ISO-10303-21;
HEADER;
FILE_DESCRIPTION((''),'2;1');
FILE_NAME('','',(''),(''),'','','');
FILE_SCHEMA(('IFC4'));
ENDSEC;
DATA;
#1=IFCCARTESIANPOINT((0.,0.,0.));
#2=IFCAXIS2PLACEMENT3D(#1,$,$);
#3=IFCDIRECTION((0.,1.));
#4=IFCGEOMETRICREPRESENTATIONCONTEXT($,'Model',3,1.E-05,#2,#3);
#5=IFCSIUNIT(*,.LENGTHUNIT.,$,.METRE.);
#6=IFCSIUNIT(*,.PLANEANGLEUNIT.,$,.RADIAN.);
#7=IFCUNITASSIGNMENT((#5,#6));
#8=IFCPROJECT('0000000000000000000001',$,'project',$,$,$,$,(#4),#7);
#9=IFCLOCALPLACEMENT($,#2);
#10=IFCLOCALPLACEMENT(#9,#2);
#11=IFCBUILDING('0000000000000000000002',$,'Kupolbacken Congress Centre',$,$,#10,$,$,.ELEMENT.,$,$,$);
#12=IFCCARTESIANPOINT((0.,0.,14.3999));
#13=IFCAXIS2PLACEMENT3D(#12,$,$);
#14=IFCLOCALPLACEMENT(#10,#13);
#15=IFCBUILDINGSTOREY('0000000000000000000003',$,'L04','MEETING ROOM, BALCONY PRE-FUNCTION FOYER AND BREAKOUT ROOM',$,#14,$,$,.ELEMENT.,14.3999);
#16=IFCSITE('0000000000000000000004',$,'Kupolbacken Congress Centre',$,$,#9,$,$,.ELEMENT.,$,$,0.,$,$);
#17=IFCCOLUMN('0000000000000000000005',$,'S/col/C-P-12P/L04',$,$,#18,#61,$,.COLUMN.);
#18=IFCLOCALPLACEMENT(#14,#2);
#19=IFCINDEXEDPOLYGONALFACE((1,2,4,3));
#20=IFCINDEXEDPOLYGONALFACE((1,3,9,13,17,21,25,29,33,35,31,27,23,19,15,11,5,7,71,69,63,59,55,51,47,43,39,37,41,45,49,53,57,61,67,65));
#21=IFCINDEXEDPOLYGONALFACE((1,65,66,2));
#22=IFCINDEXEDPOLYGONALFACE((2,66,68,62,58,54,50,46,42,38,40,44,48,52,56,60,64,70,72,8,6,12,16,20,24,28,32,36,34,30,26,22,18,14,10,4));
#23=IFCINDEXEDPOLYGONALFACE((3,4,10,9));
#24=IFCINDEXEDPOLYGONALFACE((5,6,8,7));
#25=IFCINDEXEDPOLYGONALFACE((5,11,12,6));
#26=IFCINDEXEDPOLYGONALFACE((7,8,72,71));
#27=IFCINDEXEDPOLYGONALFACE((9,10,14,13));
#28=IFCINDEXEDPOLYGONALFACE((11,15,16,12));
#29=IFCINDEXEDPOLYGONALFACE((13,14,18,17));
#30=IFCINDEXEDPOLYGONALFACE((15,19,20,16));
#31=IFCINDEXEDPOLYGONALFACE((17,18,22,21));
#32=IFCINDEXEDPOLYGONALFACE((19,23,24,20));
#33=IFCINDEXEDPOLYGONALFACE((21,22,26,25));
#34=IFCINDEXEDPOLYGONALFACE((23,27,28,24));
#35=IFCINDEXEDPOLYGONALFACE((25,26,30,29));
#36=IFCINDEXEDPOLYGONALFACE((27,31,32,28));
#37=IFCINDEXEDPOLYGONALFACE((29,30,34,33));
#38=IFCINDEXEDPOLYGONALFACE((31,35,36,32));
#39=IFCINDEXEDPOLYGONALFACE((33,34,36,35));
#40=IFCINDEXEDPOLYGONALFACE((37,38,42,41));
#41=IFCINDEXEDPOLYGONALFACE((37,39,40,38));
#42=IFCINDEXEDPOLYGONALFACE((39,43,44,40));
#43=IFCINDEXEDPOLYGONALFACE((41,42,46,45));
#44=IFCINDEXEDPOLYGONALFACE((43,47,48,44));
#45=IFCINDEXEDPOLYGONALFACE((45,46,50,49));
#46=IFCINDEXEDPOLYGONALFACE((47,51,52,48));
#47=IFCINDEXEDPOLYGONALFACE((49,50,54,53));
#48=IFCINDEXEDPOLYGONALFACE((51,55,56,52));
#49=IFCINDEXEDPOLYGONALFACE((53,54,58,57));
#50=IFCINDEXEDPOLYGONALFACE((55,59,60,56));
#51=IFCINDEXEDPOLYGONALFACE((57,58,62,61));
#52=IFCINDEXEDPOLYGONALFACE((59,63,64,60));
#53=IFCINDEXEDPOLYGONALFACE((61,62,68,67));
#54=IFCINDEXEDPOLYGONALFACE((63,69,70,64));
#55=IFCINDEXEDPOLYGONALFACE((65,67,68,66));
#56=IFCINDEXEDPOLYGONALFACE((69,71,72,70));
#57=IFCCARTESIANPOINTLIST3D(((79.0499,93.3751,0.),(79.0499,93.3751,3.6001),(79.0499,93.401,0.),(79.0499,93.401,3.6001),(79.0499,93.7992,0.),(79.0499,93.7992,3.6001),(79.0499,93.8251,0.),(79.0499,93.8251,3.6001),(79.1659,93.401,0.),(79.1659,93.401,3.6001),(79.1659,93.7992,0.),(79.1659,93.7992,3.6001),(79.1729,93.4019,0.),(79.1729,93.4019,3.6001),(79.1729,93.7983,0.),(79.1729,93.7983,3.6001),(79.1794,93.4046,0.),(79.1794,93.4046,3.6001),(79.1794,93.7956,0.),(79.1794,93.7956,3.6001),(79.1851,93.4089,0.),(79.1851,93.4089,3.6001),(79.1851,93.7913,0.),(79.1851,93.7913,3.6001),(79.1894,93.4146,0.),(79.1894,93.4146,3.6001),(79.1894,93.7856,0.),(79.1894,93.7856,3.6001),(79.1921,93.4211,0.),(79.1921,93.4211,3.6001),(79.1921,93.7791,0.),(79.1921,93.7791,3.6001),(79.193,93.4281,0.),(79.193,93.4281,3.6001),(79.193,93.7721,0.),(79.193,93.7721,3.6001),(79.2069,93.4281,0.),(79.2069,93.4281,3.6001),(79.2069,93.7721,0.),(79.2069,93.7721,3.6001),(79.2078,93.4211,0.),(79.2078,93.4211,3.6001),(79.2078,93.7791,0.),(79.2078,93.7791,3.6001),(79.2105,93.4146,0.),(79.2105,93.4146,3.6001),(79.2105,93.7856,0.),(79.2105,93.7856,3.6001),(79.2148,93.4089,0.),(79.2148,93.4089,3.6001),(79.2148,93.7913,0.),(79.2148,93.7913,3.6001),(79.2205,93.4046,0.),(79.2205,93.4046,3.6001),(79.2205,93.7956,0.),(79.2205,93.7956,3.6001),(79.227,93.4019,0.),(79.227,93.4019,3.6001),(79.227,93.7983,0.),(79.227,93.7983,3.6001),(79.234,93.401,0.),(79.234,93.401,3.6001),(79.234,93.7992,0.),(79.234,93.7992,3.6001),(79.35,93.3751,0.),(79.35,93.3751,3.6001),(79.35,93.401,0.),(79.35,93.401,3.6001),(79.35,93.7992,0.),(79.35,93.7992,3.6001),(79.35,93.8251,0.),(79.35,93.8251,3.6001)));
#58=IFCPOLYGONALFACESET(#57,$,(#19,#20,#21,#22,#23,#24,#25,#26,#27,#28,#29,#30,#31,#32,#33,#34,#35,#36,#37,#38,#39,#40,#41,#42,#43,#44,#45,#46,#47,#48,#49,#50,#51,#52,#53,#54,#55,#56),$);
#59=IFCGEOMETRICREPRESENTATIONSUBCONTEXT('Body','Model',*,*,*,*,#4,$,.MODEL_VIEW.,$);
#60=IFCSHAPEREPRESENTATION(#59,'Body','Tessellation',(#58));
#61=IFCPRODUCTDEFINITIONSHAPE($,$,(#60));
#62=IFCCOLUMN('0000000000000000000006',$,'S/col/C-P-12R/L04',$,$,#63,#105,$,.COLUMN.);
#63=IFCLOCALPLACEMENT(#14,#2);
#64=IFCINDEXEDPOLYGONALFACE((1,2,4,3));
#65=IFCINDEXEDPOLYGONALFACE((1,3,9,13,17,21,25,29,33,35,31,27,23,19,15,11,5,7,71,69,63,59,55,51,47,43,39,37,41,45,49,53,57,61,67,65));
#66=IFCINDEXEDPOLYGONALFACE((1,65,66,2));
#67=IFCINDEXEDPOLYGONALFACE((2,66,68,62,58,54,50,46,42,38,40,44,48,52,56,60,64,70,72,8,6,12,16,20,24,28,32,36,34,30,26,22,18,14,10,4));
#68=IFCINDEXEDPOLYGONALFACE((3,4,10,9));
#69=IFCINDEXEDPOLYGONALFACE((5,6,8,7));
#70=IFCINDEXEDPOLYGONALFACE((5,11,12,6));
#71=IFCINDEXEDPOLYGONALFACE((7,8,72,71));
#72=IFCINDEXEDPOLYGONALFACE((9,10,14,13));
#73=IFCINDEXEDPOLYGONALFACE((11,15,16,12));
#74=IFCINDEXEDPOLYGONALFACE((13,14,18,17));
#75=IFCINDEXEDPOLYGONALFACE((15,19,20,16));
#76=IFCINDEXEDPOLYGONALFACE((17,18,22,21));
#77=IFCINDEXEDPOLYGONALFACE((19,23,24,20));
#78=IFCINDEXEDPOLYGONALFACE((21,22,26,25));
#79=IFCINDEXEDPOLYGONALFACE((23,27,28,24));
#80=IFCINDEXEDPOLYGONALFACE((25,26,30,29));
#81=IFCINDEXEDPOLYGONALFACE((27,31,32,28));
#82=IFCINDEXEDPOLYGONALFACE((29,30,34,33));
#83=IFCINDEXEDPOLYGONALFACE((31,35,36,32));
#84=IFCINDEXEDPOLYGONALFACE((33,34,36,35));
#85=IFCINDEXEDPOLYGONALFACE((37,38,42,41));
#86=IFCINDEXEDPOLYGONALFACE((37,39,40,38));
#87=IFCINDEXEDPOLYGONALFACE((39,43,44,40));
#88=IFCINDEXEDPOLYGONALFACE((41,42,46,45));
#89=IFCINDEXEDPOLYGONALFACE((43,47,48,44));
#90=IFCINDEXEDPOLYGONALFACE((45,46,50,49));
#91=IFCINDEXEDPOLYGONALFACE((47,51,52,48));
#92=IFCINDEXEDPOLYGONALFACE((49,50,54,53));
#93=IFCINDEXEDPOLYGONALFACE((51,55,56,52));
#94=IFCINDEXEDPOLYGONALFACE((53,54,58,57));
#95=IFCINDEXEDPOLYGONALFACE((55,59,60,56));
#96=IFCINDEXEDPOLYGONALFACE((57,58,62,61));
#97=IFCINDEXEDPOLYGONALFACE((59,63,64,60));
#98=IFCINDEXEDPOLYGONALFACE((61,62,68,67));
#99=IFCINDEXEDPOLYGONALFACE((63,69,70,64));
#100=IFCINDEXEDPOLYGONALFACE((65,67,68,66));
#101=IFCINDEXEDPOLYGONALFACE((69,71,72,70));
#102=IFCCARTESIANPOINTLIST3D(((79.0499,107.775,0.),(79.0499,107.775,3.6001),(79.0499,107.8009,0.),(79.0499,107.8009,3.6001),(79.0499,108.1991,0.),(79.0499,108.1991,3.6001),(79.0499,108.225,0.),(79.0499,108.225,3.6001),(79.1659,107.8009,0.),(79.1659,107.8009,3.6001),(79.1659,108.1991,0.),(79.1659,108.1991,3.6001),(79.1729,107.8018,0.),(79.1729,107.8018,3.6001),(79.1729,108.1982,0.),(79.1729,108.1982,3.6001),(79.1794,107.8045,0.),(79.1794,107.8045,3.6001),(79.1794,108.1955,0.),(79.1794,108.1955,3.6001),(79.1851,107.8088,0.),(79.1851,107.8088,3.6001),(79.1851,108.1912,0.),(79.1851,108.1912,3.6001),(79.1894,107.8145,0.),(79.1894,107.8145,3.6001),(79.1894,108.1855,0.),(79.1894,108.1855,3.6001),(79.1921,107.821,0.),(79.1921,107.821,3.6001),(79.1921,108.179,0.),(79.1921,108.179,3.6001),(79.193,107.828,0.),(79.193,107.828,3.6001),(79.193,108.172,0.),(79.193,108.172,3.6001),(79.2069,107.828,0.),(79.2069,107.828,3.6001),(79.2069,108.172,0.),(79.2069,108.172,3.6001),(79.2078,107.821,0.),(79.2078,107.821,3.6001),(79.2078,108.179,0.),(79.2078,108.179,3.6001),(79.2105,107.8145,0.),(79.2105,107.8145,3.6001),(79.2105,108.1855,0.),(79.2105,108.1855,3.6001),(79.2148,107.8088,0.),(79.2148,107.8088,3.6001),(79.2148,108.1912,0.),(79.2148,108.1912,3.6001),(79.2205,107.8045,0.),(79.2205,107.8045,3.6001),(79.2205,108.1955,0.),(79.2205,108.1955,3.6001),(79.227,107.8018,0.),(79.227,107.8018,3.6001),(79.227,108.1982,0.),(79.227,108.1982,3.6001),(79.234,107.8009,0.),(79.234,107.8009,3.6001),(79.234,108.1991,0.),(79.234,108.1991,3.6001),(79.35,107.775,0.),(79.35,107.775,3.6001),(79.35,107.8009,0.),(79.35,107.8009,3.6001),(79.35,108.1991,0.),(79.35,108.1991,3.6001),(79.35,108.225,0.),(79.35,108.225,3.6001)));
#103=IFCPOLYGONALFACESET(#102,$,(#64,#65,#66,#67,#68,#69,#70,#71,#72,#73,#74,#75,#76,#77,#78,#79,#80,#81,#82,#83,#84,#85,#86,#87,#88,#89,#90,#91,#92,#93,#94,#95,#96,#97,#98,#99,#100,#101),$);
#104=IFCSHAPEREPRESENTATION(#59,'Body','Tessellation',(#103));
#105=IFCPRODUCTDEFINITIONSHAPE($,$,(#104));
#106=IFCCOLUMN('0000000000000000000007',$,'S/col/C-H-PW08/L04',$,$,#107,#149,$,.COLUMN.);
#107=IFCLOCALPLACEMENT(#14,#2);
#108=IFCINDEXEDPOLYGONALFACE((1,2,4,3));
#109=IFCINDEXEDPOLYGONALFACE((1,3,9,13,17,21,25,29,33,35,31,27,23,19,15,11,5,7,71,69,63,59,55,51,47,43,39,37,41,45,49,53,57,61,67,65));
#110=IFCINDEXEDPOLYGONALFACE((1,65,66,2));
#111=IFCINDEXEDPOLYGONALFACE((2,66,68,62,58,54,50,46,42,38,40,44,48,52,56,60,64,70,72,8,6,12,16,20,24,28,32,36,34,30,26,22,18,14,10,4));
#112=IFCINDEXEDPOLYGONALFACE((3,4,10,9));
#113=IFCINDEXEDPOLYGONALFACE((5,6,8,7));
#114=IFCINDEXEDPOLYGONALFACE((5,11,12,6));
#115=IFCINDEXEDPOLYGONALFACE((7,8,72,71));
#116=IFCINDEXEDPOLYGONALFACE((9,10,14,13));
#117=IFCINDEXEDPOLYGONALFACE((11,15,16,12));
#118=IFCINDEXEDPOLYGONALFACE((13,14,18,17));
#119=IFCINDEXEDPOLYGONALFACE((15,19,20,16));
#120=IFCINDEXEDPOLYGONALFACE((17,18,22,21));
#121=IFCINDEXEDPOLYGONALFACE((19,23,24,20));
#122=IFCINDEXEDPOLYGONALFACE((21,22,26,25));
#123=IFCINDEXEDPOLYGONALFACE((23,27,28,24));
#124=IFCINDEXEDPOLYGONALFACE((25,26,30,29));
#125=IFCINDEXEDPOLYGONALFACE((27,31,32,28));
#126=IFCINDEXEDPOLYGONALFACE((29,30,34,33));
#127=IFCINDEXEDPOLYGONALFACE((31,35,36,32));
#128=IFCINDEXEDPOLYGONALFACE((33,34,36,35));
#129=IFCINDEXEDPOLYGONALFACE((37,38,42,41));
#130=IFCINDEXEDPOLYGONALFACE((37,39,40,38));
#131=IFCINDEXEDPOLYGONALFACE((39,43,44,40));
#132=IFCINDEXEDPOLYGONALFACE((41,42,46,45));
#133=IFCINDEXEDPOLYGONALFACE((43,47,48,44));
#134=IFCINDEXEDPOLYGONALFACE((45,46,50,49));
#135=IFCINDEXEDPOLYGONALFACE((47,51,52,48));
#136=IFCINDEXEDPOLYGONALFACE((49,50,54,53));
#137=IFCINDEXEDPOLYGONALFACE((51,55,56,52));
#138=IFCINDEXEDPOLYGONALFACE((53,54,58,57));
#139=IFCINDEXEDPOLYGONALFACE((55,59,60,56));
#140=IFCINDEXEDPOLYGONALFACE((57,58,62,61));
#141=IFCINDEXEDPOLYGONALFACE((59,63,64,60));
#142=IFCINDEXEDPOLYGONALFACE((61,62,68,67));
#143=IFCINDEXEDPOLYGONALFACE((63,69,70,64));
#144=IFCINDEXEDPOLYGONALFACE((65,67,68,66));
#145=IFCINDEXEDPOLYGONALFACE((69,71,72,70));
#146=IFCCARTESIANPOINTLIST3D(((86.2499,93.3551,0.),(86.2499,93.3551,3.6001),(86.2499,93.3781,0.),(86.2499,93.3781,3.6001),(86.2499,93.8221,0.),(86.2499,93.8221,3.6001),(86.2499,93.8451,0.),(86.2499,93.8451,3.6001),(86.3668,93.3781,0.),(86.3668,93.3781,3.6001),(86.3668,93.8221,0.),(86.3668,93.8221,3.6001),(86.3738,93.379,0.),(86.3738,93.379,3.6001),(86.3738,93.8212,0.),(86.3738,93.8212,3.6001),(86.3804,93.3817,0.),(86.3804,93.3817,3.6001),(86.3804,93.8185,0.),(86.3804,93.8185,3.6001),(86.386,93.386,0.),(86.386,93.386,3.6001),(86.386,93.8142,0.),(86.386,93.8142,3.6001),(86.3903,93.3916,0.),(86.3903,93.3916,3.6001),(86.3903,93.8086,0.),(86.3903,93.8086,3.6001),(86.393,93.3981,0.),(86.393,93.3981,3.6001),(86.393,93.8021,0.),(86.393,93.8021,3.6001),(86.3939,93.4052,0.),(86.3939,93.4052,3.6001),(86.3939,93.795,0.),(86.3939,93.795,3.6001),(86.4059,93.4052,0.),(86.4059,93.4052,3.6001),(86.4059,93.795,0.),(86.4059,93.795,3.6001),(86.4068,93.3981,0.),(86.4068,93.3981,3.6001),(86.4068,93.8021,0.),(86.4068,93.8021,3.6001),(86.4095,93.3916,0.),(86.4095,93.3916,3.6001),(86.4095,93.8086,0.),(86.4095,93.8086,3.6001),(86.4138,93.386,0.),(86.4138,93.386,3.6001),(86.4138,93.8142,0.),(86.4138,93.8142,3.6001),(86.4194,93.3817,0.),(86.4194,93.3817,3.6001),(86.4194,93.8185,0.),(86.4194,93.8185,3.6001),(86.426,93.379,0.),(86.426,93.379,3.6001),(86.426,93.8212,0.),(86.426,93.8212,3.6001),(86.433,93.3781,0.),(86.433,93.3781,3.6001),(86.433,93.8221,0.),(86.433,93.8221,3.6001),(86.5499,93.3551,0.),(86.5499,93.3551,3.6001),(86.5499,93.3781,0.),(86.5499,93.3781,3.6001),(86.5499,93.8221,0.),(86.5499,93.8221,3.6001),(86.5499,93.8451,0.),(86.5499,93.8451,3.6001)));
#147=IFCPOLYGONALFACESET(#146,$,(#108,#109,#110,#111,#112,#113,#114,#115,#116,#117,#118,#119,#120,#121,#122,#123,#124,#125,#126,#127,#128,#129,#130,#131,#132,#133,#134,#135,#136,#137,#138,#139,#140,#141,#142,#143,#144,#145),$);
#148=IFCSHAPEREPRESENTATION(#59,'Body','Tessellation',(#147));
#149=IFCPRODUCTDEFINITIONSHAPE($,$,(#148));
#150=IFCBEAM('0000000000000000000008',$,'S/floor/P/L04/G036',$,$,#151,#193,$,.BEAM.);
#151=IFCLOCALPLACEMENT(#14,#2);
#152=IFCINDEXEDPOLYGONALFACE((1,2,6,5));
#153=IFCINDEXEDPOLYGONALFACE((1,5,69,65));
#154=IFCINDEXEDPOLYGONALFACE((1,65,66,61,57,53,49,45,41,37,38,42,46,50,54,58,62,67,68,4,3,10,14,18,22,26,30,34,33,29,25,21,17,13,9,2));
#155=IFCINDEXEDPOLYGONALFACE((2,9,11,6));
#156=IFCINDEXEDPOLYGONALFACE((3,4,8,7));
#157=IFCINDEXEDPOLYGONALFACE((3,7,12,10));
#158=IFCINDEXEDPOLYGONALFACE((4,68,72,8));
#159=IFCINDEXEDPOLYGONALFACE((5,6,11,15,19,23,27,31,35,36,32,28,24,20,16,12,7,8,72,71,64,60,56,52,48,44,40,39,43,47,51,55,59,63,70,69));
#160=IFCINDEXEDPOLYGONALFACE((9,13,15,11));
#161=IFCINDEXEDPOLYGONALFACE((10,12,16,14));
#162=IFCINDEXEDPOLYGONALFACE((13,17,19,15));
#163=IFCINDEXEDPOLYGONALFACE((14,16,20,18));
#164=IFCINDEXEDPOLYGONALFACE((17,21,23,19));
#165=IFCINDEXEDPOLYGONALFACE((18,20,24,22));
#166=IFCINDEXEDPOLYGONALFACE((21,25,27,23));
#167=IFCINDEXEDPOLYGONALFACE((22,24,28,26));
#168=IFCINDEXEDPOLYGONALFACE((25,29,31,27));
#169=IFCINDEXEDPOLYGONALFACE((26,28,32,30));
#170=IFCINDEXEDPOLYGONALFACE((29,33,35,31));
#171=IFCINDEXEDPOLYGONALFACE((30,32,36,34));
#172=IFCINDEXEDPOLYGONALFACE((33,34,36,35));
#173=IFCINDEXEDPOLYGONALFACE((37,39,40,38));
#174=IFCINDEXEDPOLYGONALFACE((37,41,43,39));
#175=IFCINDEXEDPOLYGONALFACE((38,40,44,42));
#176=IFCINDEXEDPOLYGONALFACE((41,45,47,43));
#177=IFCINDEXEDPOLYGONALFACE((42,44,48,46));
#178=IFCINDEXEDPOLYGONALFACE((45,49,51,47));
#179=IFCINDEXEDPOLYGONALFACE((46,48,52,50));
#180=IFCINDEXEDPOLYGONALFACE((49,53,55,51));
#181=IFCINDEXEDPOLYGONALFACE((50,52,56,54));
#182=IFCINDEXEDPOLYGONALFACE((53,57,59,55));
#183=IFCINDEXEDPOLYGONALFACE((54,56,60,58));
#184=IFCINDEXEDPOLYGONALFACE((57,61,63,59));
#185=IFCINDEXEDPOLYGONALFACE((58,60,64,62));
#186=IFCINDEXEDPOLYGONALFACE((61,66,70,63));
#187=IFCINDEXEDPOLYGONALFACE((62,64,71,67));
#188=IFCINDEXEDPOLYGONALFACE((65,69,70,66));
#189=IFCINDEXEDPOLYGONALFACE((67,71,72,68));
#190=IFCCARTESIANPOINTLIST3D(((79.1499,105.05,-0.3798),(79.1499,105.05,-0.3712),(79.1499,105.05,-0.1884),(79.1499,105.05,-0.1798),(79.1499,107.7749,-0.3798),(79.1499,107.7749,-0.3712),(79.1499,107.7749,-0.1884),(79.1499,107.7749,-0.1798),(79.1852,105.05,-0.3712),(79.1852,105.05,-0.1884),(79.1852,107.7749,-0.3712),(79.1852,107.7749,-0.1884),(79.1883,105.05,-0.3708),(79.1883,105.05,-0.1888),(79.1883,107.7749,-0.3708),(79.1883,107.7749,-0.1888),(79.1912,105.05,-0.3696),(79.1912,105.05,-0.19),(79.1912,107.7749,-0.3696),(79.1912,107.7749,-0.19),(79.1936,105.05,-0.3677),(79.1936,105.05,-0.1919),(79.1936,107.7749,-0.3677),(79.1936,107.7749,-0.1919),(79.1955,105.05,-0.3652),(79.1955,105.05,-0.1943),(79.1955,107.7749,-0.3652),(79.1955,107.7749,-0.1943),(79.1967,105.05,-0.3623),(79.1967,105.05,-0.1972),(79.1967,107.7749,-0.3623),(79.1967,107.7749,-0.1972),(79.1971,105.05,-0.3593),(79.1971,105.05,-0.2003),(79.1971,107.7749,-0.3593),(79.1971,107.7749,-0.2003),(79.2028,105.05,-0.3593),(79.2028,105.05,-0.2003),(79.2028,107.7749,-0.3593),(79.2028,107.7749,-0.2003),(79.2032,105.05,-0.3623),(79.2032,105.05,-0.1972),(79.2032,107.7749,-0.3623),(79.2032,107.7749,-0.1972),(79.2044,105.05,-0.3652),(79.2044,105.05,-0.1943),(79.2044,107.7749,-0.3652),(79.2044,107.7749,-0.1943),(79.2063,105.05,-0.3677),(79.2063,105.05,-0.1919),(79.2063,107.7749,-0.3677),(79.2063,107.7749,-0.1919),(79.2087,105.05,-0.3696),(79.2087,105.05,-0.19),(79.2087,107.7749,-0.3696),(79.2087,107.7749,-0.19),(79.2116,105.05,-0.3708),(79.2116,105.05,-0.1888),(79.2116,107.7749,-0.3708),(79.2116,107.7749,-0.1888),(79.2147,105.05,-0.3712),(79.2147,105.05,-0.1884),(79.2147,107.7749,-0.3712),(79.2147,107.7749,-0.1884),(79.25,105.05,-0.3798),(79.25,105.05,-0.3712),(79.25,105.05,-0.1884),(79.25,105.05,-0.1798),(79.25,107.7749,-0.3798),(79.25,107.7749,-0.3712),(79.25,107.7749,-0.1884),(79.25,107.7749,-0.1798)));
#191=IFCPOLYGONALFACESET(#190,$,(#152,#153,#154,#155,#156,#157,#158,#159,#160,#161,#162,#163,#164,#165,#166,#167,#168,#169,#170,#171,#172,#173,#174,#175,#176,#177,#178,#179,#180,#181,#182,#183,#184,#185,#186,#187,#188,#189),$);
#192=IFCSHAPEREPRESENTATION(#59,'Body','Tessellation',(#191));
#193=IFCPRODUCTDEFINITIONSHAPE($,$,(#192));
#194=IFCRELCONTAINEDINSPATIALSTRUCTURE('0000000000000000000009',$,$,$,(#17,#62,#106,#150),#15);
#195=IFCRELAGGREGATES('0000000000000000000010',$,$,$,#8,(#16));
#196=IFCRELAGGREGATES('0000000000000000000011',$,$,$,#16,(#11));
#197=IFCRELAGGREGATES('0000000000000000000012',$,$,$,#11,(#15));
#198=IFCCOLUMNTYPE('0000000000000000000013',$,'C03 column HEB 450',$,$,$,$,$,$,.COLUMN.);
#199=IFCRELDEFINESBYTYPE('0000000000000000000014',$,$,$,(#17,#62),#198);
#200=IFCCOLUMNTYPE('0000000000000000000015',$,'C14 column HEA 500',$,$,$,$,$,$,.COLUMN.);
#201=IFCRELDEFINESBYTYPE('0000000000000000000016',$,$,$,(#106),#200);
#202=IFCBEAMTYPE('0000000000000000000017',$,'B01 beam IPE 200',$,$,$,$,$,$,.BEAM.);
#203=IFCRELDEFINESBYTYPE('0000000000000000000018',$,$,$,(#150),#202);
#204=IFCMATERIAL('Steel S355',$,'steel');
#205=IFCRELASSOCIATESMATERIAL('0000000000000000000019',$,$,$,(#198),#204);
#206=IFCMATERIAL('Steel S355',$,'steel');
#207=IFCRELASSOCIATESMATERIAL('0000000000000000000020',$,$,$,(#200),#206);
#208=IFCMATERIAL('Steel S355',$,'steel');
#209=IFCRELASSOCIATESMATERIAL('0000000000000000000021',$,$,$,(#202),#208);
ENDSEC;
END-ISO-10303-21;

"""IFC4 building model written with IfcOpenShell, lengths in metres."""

from ifc_helpers import new_model, si_unit, direction, frame, origin, origin_2d, place, context, subcontext, project, spatial, i_section, extrude, material, material_profile, profile_set, type_object, element, save


model = new_model("IFC4")

# Units and contexts
model_context = context("Model", 3, precision=1e-05, world=origin(), true_north=direction((0.0, 1.0)))
body_context = subcontext(model_context, "Body", "Model", "MODEL_VIEW")
ifc_project = project(units=[si_unit("LENGTHUNIT", "METRE"), si_unit("PLANEANGLEUNIT", "RADIAN")], contexts=[model_context])

# Site, building, storey
site_placement = place(None, origin())
site = spatial("IfcSite", under=ifc_project, at=site_placement, Name="Kupolbacken Congress Centre", CompositionType="ELEMENT", RefElevation=0.0)
building_placement = place(site_placement, origin())
building = spatial("IfcBuilding", under=site, at=building_placement, Name="Kupolbacken Congress Centre", CompositionType="ELEMENT")
storey_placement = place(building_placement, frame((0.0, 0.0, 14.3999)))
storey = spatial("IfcBuildingStorey", under=building, at=storey_placement, Name="L04", Description="MEETING ROOM, BALCONY PRE-FUNCTION FOYER AND BREAKOUT ROOM", CompositionType="ELEMENT", Elevation=14.3999)

# Columns
ifc_material_1 = material(Name="Steel S355", Category="steel")
ifc_material_profile_1 = material_profile(ifc_material_1, i_section(OverallWidth=0.3, OverallDepth=0.45, WebThickness=0.0139, FlangeThickness=0.0259, FilletRadius=0.0271, at=origin_2d()), Name="HEB 450")
ifc_profile_set_1 = profile_set([ifc_material_profile_1], Name="Steel S355")
column_type_1 = type_object("IfcColumnType", Name="C03 column HEB 450", PredefinedType="COLUMN", material=ifc_profile_set_1)
for number, where, z_axis, x_axis, name in (
    (1, (79.2, 93.6001, 0.0), (0.0, 0.0, 1.0), (1.0, 0.0, 0.0), "S/col/C-P-12P/L04"),
    (2, (79.2, 108.0, 0.0), (0.0, 0.0, 1.0), (1.0, 0.0, 0.0), "S/col/C-P-12R/L04"),
):
    element("IfcColumn", number, at=place(storey_placement, frame(where, z_axis=z_axis, x_axis=x_axis)), inside=storey, type_object=column_type_1, Name=name, PredefinedType="COLUMN", context=body_context, shape_type="SweptSolid", body=[
        extrude(i_section(OverallWidth=0.3, OverallDepth=0.45, WebThickness=0.0139, FlangeThickness=0.0259, FilletRadius=0.0271, at=origin_2d()), origin(), (0.0, 0.0, 1.0), 3.6001),
    ])
ifc_material_2 = material(Name="Steel S355", Category="steel")
ifc_material_profile_2 = material_profile(ifc_material_2, i_section(OverallWidth=0.3, OverallDepth=0.49, WebThickness=0.012, FlangeThickness=0.0229, FilletRadius=0.0271, at=origin_2d()), Name="HEA 500")
ifc_profile_set_2 = profile_set([ifc_material_profile_2], Name="Steel S355")
column_type_2 = type_object("IfcColumnType", Name="C14 column HEA 500", PredefinedType="COLUMN", material=ifc_profile_set_2)
column_placement = place(storey_placement, frame((86.3999, 93.6001, 0.0), z_axis=(0.0, 0.0, 1.0), x_axis=(1.0, 0.0, 0.0)))
element("IfcColumn", 3, at=column_placement, inside=storey, type_object=column_type_2, Name="S/col/C-H-PW08/L04", PredefinedType="COLUMN", context=body_context, shape_type="SweptSolid", body=[
    extrude(i_section(OverallWidth=0.3, OverallDepth=0.49, WebThickness=0.012, FlangeThickness=0.0229, FilletRadius=0.0271, at=origin_2d()), origin(), (0.0, 0.0, 1.0), 3.6001),
])

# Beam
ifc_material_3 = material(Name="Steel S355", Category="steel")
ifc_material_profile_3 = material_profile(ifc_material_3, i_section(OverallWidth=0.1001, OverallDepth=0.2, WebThickness=0.0056, FlangeThickness=0.0085, FilletRadius=0.012, at=origin_2d()), Name="IPE 200")
ifc_profile_set_3 = profile_set([ifc_material_profile_3], Name="Steel S355")
beam_type_1 = type_object("IfcBeamType", Name="B01 beam IPE 200", PredefinedType="BEAM", material=ifc_profile_set_3)
beam_1_placement = place(storey_placement, frame((79.2, 105.05, -0.2798), z_axis=(0.0, 1.0, 0.0), x_axis=(-1.0, 0.0, 0.0)))
element("IfcBeam", 4, at=beam_1_placement, inside=storey, type_object=beam_type_1, Name="S/floor/P/L04/G036", PredefinedType="BEAM", context=body_context, shape_type="SweptSolid", body=[
    extrude(i_section(OverallWidth=0.1001, OverallDepth=0.2, WebThickness=0.0056, FlangeThickness=0.0085, FilletRadius=0.012, at=origin_2d()), origin(), (0.0, 0.0, 1.0), 2.7249),
])

save(model, "model.ifc")
